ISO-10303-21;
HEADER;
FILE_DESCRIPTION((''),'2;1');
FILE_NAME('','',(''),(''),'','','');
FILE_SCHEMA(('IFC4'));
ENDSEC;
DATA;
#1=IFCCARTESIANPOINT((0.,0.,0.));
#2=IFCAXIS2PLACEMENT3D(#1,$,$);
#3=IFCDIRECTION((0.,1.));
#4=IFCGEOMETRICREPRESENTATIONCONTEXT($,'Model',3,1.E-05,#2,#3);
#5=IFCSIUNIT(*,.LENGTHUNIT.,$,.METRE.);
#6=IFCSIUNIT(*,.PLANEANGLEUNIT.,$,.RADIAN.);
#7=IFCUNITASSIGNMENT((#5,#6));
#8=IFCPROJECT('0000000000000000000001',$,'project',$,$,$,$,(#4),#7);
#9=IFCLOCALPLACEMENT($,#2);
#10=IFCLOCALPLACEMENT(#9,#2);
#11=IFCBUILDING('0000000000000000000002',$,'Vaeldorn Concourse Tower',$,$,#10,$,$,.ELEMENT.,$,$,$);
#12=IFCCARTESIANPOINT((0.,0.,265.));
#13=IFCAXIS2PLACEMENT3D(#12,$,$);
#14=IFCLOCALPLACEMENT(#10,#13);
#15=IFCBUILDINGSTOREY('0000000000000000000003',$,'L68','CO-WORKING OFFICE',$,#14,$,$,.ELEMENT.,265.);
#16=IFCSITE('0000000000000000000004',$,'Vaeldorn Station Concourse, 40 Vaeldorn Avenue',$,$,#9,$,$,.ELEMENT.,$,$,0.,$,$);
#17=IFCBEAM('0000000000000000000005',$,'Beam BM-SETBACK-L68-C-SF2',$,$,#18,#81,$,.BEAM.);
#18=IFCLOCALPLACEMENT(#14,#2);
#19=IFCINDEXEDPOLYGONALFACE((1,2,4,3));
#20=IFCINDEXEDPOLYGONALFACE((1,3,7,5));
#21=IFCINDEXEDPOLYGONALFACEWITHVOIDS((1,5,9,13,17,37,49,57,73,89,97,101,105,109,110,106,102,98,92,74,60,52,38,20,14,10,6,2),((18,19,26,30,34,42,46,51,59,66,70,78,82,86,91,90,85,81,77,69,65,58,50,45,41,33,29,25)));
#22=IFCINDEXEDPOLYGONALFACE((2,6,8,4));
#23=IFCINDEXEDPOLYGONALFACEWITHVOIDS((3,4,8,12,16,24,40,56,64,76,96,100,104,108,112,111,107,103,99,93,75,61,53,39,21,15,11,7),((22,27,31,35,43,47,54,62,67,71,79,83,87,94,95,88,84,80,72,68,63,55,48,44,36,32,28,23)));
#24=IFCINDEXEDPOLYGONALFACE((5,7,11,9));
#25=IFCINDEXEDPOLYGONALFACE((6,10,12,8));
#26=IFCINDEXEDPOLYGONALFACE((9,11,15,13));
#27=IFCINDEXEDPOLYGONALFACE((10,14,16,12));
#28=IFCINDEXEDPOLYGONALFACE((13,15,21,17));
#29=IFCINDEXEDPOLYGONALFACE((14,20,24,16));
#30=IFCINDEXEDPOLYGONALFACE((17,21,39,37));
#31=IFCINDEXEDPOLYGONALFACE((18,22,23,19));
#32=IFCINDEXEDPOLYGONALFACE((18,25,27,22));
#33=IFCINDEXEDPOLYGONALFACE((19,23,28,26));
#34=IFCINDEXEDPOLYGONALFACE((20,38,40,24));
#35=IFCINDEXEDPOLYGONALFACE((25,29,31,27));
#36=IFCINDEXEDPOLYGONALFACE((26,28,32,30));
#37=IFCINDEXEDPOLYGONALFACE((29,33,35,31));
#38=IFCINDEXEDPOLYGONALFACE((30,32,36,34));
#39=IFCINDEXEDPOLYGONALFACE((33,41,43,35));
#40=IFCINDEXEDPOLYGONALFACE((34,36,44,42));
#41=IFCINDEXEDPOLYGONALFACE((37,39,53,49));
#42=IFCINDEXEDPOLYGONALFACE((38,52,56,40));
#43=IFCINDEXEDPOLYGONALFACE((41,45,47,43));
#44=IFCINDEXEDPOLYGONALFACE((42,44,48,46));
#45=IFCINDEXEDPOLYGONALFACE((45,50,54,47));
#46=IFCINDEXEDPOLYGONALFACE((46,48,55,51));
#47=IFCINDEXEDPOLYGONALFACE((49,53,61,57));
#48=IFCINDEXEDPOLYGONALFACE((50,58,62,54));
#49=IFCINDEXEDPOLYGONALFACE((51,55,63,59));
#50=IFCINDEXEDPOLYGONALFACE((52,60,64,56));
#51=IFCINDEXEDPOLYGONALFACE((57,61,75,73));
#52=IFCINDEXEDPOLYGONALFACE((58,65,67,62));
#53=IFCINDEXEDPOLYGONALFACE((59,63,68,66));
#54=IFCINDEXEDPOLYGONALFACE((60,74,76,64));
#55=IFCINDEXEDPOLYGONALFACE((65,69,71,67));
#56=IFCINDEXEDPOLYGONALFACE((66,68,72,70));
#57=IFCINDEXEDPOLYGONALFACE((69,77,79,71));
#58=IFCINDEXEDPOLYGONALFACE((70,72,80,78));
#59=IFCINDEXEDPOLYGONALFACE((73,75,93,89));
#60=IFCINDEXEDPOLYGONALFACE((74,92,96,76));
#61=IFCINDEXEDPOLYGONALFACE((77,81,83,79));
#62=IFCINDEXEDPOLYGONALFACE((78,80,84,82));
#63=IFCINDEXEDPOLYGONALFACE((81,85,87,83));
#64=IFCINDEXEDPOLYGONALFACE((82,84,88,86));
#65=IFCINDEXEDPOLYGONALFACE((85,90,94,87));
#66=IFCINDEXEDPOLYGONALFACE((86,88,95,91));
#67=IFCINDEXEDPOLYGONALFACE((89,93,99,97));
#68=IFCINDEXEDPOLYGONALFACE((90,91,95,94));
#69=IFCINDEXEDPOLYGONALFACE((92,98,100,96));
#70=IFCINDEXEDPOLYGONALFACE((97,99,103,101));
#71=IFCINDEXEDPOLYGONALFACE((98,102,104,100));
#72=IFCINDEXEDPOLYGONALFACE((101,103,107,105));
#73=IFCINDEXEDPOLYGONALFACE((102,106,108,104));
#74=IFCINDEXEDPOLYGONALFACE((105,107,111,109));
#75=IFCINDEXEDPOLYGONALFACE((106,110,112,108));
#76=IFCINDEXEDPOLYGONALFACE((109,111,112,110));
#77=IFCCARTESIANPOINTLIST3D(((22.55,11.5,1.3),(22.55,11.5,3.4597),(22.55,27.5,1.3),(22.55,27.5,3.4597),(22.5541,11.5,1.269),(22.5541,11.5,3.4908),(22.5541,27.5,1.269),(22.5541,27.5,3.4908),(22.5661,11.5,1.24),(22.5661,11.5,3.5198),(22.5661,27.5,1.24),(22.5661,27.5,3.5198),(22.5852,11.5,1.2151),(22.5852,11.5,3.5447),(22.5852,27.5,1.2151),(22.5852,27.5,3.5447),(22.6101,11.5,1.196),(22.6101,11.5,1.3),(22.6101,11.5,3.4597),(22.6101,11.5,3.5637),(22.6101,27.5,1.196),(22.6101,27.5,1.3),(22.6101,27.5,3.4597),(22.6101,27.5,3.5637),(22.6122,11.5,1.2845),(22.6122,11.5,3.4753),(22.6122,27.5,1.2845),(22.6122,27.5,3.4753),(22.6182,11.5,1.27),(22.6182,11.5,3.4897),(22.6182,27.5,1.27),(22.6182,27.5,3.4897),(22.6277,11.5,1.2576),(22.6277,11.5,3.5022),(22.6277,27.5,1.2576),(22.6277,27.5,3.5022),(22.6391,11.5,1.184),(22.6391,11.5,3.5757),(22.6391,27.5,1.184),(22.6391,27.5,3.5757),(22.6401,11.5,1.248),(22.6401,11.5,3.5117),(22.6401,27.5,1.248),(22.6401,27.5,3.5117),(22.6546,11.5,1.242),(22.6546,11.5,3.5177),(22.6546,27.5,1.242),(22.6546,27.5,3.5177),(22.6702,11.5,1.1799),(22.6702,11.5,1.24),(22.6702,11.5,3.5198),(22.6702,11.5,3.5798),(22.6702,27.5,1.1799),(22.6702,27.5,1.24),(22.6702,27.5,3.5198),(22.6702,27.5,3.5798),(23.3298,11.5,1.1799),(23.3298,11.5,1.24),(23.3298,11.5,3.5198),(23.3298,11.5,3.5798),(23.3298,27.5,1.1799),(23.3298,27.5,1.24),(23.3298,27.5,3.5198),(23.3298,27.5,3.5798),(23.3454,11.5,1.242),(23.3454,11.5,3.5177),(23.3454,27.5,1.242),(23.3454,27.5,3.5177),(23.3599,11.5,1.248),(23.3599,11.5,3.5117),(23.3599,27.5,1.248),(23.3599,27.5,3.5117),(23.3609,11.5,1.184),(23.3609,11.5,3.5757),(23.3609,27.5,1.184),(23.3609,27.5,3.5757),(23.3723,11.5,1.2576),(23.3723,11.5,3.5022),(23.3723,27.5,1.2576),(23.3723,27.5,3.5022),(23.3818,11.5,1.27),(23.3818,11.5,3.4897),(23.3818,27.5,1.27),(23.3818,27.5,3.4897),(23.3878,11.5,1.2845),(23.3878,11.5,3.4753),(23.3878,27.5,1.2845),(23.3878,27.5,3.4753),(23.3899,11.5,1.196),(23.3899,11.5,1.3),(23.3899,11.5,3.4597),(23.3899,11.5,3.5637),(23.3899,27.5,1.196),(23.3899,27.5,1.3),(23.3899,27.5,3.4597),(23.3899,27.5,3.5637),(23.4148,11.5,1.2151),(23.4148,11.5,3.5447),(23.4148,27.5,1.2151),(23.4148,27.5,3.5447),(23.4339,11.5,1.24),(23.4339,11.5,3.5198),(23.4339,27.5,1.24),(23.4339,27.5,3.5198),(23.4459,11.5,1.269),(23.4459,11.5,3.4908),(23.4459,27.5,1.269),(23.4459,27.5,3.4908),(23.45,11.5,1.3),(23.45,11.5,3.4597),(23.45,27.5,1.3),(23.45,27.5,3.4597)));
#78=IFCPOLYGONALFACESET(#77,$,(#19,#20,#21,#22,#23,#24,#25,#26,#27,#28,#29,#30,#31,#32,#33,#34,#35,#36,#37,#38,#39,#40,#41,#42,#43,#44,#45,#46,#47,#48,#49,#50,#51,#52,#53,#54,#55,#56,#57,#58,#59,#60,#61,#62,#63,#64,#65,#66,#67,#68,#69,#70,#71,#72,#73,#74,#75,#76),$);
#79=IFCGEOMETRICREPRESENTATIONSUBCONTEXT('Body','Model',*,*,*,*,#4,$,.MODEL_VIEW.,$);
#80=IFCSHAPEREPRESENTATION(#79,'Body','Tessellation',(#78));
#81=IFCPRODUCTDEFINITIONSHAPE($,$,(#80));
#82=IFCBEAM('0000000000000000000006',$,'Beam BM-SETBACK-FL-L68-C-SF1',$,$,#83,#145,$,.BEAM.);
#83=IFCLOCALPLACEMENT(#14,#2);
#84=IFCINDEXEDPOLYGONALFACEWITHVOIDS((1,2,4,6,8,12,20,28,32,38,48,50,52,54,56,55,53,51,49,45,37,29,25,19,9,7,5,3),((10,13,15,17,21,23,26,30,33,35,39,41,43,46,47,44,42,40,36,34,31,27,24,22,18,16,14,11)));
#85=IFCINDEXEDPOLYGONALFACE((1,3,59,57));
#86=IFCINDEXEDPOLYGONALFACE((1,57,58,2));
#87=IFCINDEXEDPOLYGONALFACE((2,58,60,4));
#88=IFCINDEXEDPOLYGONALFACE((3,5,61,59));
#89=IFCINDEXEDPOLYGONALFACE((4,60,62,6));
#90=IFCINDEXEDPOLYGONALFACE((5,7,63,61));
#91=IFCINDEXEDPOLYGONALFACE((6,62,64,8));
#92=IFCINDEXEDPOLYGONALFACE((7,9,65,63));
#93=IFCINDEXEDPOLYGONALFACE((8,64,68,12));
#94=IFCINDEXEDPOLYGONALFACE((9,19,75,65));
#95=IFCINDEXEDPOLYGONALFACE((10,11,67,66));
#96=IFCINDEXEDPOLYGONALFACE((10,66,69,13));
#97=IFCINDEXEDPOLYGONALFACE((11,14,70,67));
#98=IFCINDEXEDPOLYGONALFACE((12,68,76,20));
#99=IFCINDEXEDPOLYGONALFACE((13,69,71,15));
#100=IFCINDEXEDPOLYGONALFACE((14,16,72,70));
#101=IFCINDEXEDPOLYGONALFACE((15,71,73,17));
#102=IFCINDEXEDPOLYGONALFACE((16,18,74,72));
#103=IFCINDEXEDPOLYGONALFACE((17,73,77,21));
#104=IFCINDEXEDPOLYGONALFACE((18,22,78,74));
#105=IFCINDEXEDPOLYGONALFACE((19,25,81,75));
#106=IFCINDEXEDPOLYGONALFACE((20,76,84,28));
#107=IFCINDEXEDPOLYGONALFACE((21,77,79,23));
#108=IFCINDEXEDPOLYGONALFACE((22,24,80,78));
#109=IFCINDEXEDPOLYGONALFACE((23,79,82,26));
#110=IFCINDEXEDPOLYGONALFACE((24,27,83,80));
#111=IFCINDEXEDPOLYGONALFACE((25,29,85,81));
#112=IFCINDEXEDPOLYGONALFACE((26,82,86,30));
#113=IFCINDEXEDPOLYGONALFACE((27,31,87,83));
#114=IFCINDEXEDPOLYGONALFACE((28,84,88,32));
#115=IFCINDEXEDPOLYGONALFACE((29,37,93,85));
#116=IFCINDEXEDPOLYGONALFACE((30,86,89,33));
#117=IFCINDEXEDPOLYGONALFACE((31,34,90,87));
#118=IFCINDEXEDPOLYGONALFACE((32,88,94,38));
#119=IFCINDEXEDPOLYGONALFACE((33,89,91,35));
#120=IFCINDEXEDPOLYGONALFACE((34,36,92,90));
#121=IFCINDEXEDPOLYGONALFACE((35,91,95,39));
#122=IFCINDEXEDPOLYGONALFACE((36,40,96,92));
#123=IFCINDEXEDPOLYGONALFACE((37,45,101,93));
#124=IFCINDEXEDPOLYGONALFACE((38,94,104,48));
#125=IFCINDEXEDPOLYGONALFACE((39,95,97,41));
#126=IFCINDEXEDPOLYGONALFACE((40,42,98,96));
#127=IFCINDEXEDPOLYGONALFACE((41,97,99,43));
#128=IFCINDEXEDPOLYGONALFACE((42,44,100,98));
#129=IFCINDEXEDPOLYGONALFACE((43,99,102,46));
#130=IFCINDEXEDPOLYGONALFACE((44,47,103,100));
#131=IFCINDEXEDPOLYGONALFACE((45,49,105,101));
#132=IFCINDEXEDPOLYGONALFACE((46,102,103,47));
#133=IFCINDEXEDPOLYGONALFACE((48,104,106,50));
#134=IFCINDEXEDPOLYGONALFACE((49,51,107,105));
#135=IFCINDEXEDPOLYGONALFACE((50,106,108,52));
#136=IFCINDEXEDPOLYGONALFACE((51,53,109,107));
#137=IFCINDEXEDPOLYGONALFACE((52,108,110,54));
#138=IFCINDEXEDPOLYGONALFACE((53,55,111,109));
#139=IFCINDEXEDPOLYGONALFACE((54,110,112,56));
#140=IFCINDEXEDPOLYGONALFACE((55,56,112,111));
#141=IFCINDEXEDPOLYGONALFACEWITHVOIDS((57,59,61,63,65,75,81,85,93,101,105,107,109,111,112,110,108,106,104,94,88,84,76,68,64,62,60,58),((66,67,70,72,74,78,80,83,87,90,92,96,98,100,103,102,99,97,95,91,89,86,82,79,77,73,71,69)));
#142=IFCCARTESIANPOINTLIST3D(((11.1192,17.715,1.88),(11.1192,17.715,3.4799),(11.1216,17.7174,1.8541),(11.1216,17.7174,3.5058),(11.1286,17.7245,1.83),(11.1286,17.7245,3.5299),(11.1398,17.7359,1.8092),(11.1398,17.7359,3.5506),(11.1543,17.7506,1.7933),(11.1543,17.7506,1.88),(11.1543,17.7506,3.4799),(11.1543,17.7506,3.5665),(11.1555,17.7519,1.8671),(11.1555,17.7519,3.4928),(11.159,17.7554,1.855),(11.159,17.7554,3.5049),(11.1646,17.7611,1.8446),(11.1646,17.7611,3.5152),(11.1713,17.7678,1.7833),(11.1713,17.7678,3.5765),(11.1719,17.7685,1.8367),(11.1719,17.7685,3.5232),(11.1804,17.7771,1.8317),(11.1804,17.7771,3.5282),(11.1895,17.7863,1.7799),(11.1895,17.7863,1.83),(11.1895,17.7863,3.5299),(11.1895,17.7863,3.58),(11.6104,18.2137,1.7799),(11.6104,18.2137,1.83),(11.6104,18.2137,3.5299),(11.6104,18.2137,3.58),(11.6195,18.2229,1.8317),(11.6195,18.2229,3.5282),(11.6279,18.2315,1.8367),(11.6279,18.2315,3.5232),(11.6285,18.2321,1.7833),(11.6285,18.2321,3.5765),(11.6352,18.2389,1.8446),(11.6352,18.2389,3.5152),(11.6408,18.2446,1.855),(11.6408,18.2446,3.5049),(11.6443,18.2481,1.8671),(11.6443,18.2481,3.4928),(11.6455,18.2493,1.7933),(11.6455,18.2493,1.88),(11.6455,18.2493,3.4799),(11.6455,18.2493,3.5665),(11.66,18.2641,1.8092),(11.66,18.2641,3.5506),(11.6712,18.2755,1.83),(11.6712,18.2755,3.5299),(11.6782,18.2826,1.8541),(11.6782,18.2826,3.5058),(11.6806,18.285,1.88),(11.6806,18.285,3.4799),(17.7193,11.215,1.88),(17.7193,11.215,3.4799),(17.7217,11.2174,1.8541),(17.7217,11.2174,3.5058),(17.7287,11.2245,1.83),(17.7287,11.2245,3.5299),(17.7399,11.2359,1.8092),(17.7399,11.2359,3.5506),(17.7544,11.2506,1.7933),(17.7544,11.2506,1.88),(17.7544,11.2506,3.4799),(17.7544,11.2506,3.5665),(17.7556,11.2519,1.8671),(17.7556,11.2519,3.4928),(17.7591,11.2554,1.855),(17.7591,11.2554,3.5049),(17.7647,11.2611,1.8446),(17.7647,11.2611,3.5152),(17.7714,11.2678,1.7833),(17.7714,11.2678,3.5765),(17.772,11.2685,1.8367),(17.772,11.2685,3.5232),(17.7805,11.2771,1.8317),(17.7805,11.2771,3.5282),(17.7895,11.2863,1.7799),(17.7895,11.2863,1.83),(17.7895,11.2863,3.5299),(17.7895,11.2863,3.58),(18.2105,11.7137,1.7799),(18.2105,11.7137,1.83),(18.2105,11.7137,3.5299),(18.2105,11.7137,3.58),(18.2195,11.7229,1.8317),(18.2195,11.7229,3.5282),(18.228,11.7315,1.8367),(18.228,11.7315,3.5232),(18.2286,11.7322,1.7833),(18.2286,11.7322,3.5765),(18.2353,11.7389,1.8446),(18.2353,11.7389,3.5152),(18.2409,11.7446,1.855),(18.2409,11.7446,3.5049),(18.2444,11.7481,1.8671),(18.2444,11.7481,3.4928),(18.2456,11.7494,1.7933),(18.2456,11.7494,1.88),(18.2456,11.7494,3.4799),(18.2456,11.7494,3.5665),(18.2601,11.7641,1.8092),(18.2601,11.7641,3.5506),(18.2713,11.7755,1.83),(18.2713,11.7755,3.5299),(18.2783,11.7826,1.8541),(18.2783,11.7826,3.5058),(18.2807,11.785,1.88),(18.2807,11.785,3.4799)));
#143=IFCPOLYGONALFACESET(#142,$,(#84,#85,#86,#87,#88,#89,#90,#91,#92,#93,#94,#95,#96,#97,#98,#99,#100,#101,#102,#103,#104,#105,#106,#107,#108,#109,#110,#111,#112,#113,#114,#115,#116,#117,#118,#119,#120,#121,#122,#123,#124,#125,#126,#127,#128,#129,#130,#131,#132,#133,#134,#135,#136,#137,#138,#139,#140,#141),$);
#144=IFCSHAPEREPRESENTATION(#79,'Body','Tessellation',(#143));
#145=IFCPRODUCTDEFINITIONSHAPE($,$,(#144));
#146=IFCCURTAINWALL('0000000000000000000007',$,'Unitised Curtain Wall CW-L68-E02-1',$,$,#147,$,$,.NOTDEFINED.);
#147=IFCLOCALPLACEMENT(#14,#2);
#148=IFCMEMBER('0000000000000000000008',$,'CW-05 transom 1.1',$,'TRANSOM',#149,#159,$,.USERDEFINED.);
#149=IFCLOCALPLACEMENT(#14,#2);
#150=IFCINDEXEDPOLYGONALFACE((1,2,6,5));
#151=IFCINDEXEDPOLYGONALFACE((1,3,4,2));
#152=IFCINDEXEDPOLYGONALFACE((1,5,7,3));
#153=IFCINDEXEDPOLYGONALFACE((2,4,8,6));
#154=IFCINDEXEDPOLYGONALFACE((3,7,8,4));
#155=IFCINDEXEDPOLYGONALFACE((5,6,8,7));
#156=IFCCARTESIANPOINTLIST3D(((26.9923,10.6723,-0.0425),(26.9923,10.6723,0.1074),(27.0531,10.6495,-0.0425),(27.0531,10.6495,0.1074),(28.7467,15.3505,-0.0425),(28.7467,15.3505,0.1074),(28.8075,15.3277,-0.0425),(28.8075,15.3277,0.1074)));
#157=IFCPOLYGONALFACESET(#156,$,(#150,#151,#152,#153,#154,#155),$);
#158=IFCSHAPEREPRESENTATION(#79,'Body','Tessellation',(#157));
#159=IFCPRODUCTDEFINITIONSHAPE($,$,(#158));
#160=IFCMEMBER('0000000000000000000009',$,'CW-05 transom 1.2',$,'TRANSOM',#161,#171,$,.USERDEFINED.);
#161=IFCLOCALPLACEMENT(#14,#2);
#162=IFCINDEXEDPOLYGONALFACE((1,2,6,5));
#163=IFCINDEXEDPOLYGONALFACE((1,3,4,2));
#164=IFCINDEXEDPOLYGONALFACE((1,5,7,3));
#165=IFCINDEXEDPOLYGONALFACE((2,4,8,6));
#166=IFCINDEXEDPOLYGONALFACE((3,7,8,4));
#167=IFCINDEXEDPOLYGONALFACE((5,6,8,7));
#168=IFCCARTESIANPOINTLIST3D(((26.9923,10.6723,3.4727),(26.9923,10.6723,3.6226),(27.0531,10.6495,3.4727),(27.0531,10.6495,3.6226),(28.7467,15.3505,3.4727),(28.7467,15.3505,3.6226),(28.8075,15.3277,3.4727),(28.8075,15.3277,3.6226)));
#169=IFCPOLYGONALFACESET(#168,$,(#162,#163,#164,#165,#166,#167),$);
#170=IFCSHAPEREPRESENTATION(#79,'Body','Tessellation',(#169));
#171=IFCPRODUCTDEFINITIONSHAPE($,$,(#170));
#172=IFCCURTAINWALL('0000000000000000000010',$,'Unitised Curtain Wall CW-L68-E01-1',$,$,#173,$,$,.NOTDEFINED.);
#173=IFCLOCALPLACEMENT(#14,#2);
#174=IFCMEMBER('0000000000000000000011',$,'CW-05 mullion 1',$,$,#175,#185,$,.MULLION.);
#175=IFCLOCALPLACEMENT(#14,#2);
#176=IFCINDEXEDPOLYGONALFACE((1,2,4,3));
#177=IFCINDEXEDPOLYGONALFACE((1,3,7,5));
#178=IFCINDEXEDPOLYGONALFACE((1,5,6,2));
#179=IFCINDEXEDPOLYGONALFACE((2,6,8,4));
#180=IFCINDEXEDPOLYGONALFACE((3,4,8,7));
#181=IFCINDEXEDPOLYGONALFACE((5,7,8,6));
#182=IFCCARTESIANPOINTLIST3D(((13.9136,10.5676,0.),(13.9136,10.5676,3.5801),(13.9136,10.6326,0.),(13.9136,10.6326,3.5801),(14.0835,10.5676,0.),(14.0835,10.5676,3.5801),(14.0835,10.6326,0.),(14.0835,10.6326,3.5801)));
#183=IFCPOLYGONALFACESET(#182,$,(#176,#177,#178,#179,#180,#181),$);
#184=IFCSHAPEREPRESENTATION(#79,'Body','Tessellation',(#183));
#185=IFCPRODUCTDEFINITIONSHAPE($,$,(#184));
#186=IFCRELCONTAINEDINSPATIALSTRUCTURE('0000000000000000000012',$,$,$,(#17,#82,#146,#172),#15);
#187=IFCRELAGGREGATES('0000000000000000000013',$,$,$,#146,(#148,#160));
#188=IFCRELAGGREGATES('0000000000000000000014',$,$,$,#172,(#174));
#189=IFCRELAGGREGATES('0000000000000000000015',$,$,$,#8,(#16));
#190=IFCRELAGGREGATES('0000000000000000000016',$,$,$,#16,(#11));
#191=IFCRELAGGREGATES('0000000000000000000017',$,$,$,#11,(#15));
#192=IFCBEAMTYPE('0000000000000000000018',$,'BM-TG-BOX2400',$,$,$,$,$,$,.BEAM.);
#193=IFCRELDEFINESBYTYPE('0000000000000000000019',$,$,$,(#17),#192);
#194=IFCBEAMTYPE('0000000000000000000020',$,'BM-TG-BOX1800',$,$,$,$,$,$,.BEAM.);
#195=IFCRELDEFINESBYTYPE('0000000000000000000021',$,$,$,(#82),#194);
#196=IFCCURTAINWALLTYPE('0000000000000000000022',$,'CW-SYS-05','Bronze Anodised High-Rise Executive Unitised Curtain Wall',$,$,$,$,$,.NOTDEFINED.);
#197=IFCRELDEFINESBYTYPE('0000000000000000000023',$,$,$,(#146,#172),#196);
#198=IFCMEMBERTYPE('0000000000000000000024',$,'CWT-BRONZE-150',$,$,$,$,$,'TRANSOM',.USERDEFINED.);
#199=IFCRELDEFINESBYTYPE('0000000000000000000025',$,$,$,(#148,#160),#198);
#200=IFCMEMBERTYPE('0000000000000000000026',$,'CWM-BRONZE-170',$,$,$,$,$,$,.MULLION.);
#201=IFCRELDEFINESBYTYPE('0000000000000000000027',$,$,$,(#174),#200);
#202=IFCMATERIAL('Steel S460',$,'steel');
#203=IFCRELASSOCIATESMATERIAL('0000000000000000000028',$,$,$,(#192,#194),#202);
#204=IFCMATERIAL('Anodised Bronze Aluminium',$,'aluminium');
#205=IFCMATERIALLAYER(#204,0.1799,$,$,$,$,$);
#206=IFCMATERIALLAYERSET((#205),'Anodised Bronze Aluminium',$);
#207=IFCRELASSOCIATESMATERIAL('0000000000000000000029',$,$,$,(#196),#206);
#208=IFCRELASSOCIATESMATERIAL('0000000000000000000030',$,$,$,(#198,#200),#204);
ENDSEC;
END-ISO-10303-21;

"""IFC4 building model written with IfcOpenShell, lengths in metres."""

from ifc_helpers import new_model, si_unit, direction, frame, origin, origin_2d, place, context, subcontext, project, spatial, rectangle, hollow_rectangle, extrude, source, transform, mapped, material, layer, layer_set, material_profile, profile_set, type_object, element, aggregate, save


model = new_model("IFC4")

# Units and contexts
model_context = context("Model", 3, precision=1e-05, world=origin(), true_north=direction((0.0, 1.0)))
body_context = subcontext(model_context, "Body", "Model", "MODEL_VIEW")
ifc_project = project(units=[si_unit("LENGTHUNIT", "METRE"), si_unit("PLANEANGLEUNIT", "RADIAN")], contexts=[model_context])

# Site, building, storey
site_placement = place(None, origin())
site = spatial("IfcSite", under=ifc_project, at=site_placement, Name="Vaeldorn Station Concourse, 40 Vaeldorn Avenue", CompositionType="ELEMENT", RefElevation=0.0)
building_placement = place(site_placement, origin())
building = spatial("IfcBuilding", under=site, at=building_placement, Name="Vaeldorn Concourse Tower", CompositionType="ELEMENT")
storey_placement = place(building_placement, frame((0.0, 0.0, 265.0)))
storey = spatial("IfcBuildingStorey", under=building, at=storey_placement, Name="L68", Description="CO-WORKING OFFICE", CompositionType="ELEMENT", Elevation=265.0)

# Beams
ifc_material_1 = material(Name="Steel S460", Category="steel")
ifc_material_profile_1 = material_profile(ifc_material_1, hollow_rectangle(XDim=0.8999, YDim=2.3999, WallThickness=0.0601, InnerFilletRadius=0.0601, OuterFilletRadius=0.1201, at=origin_2d()), Name="RHS 2400x900x60")
ifc_profile_set_1 = profile_set([ifc_material_profile_1], Name="Steel S460")
beam_type_1 = type_object("IfcBeamType", Name="BM-TG-BOX2400", PredefinedType="BEAM", material=ifc_profile_set_1)
shared_shape_1 = source(origin(), body_context, "Body", "SweptSolid", [
    extrude(hollow_rectangle(XDim=0.8999, YDim=2.3999, WallThickness=0.0601, InnerFilletRadius=0.0601, OuterFilletRadius=0.1201, at=origin_2d()), origin(), (0.0, 0.0, 1.0), 16.0),
])
beam_1_placement = place(storey_placement, frame((23.0, 11.5, 2.3799), z_axis=(0.0, 1.0, 0.0), x_axis=(-1.0, 0.0, 0.0)))
element("IfcBeam", 1, at=beam_1_placement, inside=storey, type_object=beam_type_1, Name="Beam BM-SETBACK-L68-C-SF2", PredefinedType="BEAM", context=body_context, shape_type="MappedRepresentation", body=[
    mapped(shared_shape_1, transform((0.0, 0.0, 0.0), scale=1.0)),
])
ifc_material_profile_2 = material_profile(ifc_material_1, hollow_rectangle(XDim=0.8, YDim=1.8, WallThickness=0.05, InnerFilletRadius=0.05, OuterFilletRadius=0.1001, at=origin_2d()), Name="RHS 1800x800x50")
ifc_profile_set_2 = profile_set([ifc_material_profile_2], Name="Steel S460")
beam_type_2 = type_object("IfcBeamType", Name="BM-TG-BOX1800", PredefinedType="BEAM", material=ifc_profile_set_2)
shared_shape_2 = source(origin(), body_context, "Body", "SweptSolid", [
    extrude(hollow_rectangle(XDim=0.8, YDim=1.8, WallThickness=0.05, InnerFilletRadius=0.05, OuterFilletRadius=0.1001, at=origin_2d()), origin(), (0.0, 0.0, 1.0), 9.2634),
])
beam_2_placement = place(storey_placement, frame((18.0, 11.5, 2.6799), z_axis=(-0.712489, 0.701683, 0.0), x_axis=(-0.701683, -0.712489, 0.0)))
element("IfcBeam", 2, at=beam_2_placement, inside=storey, type_object=beam_type_2, Name="Beam BM-SETBACK-FL-L68-C-SF1", PredefinedType="BEAM", context=body_context, shape_type="MappedRepresentation", body=[
    mapped(shared_shape_2, transform((0.0, 0.0, 0.0), scale=1.0)),
])

# Curtain walls, members
ifc_material_2 = material(Name="Anodised Bronze Aluminium", Category="aluminium")
ifc_layer_1 = layer(ifc_material_2, 0.1799)
ifc_layer_set_1 = layer_set([ifc_layer_1], Name="Anodised Bronze Aluminium")
curtain_wall_type = type_object("IfcCurtainWallType", Name="CW-SYS-05", Description="Bronze Anodised High-Rise Executive Unitised Curtain Wall", PredefinedType="NOTDEFINED", material=ifc_layer_set_1)
curtain_wall_1_placement = place(storey_placement, origin())
curtain_wall_1 = element("IfcCurtainWall", 3, at=curtain_wall_1_placement, inside=storey, type_object=curtain_wall_type, Name="Unitised Curtain Wall CW-L68-E02-1", PredefinedType="NOTDEFINED")
ifc_material_profile_3 = material_profile(ifc_material_2, rectangle(XDim=0.0649, YDim=0.1499, at=origin_2d()), Name="CWT 65x150")
ifc_profile_set_3 = profile_set([ifc_material_profile_3], Name="Anodised Bronze Aluminium")
member_type_1 = type_object("IfcMemberType", Name="CWT-BRONZE-150", ElementType="TRANSOM", PredefinedType="USERDEFINED", material=ifc_profile_set_3)
shared_shape_3 = source(origin(), body_context, "Body", "SweptSolid", [
    extrude(rectangle(XDim=0.0649, YDim=0.1499, at=origin_2d()), origin(), (0.0, 0.0, 1.0), 4.9963),
])
member_1_placement = place(storey_placement, frame((27.0227, 10.6609, 0.0325), z_axis=(0.351134, 0.936325, 0.0), x_axis=(-0.936325, 0.351134, 0.0)))
member_1 = element("IfcMember", 4, at=member_1_placement, type_object=member_type_1, Name="CW-05 transom 1.1", ObjectType="TRANSOM", PredefinedType="USERDEFINED", context=body_context, shape_type="MappedRepresentation", body=[
    mapped(shared_shape_3, transform((0.0, 0.0, 0.0), scale=1.0)),
])
member_2_placement = place(storey_placement, frame((27.0227, 10.6609, 3.5476), z_axis=(0.351134, 0.936325, 0.0), x_axis=(-0.936325, 0.351134, 0.0)))
member_2 = element("IfcMember", 5, at=member_2_placement, type_object=member_type_1, Name="CW-05 transom 1.2", ObjectType="TRANSOM", PredefinedType="USERDEFINED", context=body_context, shape_type="MappedRepresentation", body=[
    mapped(shared_shape_3, transform((0.0, 0.0, 0.0), scale=1.0)),
])
curtain_wall_2_placement = place(storey_placement, origin())
curtain_wall_2 = element("IfcCurtainWall", 6, at=curtain_wall_2_placement, inside=storey, type_object=curtain_wall_type, Name="Unitised Curtain Wall CW-L68-E01-1", PredefinedType="NOTDEFINED")
ifc_material_profile_4 = material_profile(ifc_material_2, rectangle(XDim=0.0649, YDim=0.1699, at=origin_2d()), Name="CWM 65x170")
ifc_profile_set_4 = profile_set([ifc_material_profile_4], Name="Anodised Bronze Aluminium")
member_type_2 = type_object("IfcMemberType", Name="CWM-BRONZE-170", PredefinedType="MULLION", material=ifc_profile_set_4)
shared_shape_4 = source(origin(), body_context, "Body", "SweptSolid", [
    extrude(rectangle(XDim=0.0649, YDim=0.1699, at=origin_2d()), origin(), (0.0, 0.0, 1.0), 3.5801),
])
member_3_placement = place(storey_placement, frame((13.9985, 10.6001, 0.0), z_axis=(0.0, 0.0, 1.0), x_axis=(0.0, 1.0, 0.0)))
member_3 = element("IfcMember", 7, at=member_3_placement, type_object=member_type_2, Name="CW-05 mullion 1", PredefinedType="MULLION", context=body_context, shape_type="MappedRepresentation", body=[
    mapped(shared_shape_4, transform((0.0, 0.0, 0.0), scale=1.0)),
])

aggregate(curtain_wall_1, [member_1, member_2])

aggregate(curtain_wall_2, [member_3])

save(model, "model.ifc")
